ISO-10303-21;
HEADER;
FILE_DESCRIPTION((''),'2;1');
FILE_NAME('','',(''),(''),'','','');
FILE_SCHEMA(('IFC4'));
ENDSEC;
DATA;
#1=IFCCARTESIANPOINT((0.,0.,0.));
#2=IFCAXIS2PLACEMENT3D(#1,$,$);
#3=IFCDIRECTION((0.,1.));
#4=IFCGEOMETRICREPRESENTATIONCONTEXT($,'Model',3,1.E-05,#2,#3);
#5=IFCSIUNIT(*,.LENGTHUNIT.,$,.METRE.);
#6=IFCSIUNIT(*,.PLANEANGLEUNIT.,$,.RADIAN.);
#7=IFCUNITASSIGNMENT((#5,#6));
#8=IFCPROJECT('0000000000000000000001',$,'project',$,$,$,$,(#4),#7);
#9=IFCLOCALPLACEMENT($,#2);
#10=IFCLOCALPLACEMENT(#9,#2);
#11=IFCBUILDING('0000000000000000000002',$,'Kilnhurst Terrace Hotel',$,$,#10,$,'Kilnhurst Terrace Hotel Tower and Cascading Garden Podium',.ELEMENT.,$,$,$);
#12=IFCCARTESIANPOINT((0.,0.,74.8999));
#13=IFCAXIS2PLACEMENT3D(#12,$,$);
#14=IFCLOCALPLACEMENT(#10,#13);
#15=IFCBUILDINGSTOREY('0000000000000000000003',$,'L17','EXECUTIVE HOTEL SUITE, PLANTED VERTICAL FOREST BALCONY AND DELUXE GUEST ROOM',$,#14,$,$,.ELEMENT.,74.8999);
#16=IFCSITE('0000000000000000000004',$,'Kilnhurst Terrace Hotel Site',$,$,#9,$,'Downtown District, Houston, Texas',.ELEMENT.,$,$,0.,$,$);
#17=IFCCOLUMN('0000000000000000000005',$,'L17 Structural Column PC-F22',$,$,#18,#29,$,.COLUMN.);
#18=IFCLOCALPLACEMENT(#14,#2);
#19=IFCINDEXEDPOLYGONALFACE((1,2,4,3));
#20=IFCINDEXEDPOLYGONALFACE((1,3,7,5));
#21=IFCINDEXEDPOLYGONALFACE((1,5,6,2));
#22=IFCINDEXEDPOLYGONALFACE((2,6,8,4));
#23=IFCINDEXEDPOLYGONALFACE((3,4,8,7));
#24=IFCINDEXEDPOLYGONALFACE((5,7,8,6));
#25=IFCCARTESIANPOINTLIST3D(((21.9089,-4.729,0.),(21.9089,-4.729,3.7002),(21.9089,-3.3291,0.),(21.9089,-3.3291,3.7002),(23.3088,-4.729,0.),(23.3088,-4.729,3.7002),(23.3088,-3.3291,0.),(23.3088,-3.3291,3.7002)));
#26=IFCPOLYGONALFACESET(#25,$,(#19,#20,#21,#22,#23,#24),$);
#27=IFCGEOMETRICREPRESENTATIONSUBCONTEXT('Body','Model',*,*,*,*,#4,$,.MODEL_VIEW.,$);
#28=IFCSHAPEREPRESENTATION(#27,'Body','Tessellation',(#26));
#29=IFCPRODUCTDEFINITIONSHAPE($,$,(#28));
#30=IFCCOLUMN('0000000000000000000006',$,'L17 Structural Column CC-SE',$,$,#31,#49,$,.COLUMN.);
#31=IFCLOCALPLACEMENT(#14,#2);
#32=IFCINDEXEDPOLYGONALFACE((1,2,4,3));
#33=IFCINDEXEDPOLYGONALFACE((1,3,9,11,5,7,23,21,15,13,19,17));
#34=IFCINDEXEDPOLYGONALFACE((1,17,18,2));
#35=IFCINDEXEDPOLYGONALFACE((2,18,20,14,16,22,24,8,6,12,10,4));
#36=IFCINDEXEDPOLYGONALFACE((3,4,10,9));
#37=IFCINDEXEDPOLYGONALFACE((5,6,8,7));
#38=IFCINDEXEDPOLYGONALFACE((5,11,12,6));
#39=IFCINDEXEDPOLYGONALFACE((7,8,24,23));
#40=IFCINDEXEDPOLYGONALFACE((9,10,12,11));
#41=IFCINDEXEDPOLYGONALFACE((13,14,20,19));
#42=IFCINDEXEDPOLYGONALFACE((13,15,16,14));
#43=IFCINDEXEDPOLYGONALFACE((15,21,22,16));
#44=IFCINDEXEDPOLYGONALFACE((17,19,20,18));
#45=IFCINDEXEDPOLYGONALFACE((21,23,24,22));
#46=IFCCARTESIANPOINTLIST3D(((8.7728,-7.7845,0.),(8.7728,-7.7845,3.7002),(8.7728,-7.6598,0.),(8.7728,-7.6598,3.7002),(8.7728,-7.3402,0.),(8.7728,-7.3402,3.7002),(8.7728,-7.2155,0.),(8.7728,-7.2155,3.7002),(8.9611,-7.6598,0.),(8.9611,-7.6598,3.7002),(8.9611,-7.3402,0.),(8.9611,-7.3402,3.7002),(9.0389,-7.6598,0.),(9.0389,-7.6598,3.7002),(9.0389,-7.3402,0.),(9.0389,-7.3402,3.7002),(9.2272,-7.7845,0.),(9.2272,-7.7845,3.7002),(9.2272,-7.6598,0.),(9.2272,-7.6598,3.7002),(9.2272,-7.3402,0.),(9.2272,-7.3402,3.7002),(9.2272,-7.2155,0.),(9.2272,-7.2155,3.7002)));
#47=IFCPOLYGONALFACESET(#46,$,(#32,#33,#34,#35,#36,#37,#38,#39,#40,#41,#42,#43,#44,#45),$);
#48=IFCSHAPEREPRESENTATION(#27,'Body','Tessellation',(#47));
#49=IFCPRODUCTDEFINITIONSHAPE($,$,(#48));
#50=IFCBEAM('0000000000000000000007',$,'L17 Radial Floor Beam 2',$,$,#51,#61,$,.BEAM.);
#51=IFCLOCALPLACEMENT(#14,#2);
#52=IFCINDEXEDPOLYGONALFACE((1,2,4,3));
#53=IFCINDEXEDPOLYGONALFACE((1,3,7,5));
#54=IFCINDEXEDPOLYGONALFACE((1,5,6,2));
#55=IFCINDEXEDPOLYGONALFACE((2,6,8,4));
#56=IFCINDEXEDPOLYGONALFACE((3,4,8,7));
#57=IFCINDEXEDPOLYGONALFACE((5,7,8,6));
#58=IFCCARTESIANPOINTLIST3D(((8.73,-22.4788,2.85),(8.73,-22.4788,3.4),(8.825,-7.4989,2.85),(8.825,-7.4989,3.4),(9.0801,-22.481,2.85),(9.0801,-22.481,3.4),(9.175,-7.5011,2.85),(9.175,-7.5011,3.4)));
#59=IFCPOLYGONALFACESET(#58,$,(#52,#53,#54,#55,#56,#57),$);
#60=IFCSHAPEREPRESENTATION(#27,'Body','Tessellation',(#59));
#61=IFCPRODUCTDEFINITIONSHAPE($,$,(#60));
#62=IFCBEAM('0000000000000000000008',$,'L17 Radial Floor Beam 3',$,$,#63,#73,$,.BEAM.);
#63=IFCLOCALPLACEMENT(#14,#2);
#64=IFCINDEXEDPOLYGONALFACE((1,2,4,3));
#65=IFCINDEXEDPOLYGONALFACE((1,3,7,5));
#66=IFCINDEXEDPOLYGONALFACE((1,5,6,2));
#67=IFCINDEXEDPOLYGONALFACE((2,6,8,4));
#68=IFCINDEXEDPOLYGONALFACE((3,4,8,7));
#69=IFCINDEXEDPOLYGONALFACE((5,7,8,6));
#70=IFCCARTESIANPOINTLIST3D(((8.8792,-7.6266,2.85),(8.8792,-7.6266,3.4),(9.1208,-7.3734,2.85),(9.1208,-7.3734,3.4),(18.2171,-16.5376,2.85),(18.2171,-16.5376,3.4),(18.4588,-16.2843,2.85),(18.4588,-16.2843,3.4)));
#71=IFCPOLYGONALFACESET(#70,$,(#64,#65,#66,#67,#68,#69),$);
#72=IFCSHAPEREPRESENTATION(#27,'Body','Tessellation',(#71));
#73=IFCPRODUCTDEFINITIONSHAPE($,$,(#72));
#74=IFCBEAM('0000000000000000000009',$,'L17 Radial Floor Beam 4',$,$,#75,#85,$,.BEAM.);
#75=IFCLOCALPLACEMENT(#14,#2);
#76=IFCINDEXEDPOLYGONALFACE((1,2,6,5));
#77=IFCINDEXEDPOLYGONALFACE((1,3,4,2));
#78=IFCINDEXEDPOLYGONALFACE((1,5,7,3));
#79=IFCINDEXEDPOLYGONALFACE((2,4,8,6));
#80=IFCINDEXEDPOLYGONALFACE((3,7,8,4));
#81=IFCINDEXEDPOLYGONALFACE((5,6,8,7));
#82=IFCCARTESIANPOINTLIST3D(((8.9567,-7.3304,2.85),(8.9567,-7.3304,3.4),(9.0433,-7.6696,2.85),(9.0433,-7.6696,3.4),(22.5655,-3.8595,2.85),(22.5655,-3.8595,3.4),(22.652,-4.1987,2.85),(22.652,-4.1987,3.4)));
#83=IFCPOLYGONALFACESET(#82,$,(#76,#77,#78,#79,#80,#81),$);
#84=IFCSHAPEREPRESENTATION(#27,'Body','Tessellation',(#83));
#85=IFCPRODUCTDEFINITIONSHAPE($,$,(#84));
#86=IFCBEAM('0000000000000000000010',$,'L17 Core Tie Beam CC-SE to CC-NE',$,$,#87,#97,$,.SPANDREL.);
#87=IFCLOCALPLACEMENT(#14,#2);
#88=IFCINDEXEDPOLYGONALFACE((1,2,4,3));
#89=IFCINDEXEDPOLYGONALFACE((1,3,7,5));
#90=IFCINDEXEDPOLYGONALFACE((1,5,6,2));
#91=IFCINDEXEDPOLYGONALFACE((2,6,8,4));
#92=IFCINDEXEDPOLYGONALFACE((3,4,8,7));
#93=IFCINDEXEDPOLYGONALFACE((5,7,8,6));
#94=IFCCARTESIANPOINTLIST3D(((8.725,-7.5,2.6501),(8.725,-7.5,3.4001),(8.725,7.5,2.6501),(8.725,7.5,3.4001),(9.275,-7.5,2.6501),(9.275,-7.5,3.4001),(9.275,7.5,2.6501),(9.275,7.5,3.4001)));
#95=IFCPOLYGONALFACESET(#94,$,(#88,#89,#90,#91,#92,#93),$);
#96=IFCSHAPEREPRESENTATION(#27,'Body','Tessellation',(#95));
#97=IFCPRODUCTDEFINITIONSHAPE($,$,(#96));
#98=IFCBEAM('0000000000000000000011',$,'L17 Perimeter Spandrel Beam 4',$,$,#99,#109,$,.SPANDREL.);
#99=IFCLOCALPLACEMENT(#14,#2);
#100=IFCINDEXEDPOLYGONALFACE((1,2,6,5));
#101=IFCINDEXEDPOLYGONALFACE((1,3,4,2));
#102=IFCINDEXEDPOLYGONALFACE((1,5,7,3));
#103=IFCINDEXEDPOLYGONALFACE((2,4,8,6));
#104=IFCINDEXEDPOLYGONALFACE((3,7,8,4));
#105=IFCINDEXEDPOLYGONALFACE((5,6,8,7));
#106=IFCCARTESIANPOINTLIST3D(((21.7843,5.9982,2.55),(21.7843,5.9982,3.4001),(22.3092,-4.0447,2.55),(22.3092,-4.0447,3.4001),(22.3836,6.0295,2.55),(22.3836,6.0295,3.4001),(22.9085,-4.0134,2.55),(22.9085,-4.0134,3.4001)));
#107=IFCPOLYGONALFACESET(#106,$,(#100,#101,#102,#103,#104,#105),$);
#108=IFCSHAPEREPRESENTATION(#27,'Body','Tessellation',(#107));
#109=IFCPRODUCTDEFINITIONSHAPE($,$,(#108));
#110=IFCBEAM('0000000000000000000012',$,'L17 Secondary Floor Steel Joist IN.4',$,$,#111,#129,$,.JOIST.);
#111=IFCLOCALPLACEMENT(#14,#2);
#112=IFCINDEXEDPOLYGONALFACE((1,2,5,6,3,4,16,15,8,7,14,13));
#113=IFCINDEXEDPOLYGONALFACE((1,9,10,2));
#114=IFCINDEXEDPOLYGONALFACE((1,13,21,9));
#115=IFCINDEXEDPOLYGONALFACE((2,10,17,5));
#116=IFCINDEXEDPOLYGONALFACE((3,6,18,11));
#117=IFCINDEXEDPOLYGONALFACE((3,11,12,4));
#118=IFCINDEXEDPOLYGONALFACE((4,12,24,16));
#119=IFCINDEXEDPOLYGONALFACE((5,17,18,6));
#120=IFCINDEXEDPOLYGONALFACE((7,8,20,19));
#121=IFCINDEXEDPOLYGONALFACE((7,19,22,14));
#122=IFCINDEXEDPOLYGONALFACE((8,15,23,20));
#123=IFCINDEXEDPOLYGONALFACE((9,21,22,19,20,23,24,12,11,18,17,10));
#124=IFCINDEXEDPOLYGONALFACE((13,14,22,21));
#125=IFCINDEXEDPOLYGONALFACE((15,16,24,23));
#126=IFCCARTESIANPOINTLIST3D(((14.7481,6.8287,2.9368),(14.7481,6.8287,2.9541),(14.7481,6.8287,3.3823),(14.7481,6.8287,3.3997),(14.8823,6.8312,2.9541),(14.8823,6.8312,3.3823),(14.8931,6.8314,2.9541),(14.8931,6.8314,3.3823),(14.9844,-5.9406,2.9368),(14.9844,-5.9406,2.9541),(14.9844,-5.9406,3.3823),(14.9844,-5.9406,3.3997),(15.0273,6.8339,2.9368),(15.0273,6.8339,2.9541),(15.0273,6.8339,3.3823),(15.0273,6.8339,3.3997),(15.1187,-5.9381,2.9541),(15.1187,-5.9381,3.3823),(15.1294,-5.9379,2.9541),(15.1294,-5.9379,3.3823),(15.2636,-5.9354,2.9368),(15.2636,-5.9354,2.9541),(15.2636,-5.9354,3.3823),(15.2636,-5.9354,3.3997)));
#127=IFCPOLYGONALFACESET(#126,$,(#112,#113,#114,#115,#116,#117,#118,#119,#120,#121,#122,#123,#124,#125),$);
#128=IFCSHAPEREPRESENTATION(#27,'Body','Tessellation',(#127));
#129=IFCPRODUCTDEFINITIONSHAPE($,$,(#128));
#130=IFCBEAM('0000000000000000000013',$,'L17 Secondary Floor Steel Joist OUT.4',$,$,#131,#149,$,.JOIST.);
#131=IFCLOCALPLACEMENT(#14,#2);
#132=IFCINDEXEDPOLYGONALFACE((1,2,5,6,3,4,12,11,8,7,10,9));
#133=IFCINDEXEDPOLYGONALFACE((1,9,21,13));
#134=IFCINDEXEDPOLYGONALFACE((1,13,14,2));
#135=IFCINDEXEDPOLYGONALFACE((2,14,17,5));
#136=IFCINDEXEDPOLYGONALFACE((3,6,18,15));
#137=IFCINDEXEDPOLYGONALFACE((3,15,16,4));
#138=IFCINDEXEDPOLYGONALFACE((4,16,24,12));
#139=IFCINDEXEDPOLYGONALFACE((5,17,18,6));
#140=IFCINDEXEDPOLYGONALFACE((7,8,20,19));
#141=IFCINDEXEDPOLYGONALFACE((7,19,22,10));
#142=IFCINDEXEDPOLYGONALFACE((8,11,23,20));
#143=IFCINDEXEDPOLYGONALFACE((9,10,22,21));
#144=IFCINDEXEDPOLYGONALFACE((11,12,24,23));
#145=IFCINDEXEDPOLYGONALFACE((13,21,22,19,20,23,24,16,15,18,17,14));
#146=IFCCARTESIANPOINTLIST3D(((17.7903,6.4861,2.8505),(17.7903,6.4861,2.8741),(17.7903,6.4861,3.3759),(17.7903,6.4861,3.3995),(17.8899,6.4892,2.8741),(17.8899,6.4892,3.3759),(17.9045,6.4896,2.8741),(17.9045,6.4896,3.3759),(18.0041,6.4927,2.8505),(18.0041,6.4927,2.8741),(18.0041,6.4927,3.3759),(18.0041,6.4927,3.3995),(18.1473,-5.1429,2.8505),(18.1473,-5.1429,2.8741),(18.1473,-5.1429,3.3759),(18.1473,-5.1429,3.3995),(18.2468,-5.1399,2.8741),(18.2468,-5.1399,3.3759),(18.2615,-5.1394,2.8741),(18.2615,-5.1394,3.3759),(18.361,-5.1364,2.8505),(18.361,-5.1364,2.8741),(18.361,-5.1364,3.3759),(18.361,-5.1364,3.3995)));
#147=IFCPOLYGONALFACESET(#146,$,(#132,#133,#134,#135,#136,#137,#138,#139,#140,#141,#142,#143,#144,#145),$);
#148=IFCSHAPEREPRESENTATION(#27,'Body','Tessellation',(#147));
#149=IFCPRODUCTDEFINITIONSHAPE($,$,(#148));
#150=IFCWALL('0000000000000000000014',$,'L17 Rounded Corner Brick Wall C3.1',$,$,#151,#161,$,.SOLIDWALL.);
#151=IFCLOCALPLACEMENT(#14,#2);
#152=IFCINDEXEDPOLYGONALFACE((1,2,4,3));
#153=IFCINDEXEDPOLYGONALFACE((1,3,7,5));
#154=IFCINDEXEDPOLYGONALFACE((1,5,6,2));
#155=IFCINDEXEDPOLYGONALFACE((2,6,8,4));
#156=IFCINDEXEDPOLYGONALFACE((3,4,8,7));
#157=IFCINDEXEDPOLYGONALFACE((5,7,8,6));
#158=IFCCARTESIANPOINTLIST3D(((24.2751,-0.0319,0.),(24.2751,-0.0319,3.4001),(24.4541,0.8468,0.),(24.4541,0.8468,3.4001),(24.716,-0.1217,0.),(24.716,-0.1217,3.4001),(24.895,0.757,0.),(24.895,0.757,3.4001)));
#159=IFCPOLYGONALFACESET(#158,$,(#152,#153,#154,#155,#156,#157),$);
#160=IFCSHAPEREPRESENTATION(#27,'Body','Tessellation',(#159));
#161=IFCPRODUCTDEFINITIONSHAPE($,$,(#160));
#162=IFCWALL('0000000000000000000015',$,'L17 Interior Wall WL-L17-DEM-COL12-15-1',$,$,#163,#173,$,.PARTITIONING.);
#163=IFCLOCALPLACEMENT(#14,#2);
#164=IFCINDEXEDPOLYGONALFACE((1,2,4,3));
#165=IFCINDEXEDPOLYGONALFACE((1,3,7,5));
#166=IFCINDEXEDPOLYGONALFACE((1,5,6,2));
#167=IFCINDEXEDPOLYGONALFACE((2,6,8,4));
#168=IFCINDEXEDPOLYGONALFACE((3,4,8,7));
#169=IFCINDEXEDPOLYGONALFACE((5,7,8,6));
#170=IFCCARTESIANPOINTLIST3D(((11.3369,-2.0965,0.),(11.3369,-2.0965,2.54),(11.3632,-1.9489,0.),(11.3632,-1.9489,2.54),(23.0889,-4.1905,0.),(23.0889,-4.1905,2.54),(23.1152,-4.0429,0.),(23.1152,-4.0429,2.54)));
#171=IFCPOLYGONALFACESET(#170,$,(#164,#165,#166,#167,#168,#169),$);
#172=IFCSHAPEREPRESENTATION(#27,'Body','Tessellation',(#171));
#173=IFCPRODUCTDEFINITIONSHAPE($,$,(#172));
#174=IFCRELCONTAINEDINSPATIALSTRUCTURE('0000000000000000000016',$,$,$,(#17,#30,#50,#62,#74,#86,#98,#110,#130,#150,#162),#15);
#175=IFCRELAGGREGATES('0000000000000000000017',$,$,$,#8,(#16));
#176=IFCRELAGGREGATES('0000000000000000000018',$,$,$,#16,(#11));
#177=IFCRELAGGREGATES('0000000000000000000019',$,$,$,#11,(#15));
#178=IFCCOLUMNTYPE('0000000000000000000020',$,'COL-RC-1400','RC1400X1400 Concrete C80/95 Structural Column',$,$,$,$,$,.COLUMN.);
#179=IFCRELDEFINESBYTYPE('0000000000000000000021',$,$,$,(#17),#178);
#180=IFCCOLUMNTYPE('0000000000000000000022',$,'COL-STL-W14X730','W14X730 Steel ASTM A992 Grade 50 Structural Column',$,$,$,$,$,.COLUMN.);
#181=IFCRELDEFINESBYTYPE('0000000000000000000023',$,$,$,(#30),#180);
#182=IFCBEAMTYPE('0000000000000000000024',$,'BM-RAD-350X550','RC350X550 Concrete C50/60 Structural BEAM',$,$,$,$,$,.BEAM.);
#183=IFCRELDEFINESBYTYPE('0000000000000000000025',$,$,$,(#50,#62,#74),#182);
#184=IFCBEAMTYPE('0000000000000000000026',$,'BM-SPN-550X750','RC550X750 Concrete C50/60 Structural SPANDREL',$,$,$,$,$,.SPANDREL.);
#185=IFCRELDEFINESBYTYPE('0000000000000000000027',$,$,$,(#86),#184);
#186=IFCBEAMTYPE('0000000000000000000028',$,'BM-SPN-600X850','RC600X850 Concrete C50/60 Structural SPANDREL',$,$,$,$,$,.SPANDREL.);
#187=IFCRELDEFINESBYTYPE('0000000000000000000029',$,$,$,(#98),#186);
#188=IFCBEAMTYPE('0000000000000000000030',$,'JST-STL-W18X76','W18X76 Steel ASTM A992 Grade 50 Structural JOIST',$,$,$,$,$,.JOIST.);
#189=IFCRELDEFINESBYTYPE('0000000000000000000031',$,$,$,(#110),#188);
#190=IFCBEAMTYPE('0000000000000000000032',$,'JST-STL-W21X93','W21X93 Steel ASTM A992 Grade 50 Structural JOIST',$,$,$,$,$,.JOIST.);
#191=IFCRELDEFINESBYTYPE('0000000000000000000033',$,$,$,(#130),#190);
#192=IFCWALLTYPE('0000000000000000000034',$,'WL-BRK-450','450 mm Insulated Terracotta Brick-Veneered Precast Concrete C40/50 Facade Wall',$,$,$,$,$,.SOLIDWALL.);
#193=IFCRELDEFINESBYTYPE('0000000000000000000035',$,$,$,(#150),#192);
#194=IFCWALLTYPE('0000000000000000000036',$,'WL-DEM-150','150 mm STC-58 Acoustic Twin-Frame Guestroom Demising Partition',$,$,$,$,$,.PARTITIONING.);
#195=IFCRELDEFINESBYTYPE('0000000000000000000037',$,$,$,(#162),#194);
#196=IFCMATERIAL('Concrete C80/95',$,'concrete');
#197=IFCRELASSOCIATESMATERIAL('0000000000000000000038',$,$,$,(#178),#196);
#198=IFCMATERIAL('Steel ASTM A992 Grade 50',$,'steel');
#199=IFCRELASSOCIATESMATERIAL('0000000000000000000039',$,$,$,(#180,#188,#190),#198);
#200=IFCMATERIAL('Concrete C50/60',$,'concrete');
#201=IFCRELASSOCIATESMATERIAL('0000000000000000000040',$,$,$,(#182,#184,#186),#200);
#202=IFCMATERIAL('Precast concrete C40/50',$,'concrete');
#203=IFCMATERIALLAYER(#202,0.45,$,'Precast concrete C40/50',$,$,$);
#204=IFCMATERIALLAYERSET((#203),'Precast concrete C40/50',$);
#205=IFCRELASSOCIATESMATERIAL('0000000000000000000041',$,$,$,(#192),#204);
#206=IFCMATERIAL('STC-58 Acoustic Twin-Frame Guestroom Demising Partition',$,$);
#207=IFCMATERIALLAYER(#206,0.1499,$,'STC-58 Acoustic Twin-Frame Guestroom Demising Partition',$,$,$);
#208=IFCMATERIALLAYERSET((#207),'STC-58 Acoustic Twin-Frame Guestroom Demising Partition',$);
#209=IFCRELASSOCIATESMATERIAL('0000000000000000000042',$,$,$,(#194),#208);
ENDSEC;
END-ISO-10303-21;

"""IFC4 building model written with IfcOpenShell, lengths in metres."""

from ifc_helpers import new_model, si_unit, direction, frame, frame_2d, origin, origin_2d, place, context, subcontext, project, spatial, rectangle, i_section, extrude, material, layer, layer_set, material_profile, profile_set, type_object, element, save


model = new_model("IFC4")

# Units and contexts
model_context = context("Model", 3, precision=1e-05, world=origin(), true_north=direction((0.0, 1.0)))
body_context = subcontext(model_context, "Body", "Model", "MODEL_VIEW")
ifc_project = project(units=[si_unit("LENGTHUNIT", "METRE"), si_unit("PLANEANGLEUNIT", "RADIAN")], contexts=[model_context])

# Site, building, storey
site_placement = place(None, origin())
site = spatial("IfcSite", under=ifc_project, at=site_placement, Name="Kilnhurst Terrace Hotel Site", LongName="Downtown District, Houston, Texas", CompositionType="ELEMENT", RefElevation=0.0)
building_placement = place(site_placement, origin())
building = spatial("IfcBuilding", under=site, at=building_placement, Name="Kilnhurst Terrace Hotel", LongName="Kilnhurst Terrace Hotel Tower and Cascading Garden Podium", CompositionType="ELEMENT")
storey_placement = place(building_placement, frame((0.0, 0.0, 74.8999)))
storey = spatial("IfcBuildingStorey", under=building, at=storey_placement, Name="L17", Description="EXECUTIVE HOTEL SUITE, PLANTED VERTICAL FOREST BALCONY AND DELUXE GUEST ROOM", CompositionType="ELEMENT", Elevation=74.8999)

# Columns
ifc_material_1 = material(Name="Concrete C80/95", Category="concrete")
ifc_material_profile_1 = material_profile(ifc_material_1, rectangle(XDim=1.3999, YDim=1.3999, at=origin_2d()), Name="RC1400X1400")
ifc_profile_set_1 = profile_set([ifc_material_profile_1], Name="Concrete C80/95")
column_type_1 = type_object("IfcColumnType", Name="COL-RC-1400", Description="RC1400X1400 Concrete C80/95 Structural Column", PredefinedType="COLUMN", material=ifc_profile_set_1)
column_1_placement = place(storey_placement, frame((22.6089, -4.0291, 0.0), z_axis=(0.0, 0.0, 1.0), x_axis=(1.0, 0.0, 0.0)))
element("IfcColumn", 1, at=column_1_placement, inside=storey, type_object=column_type_1, Name="L17 Structural Column PC-F22", PredefinedType="COLUMN", context=body_context, shape_type="SweptSolid", body=[
    extrude(rectangle(XDim=1.3999, YDim=1.3999, at=origin_2d()), origin(), (0.0, 0.0, 1.0), 3.7002),
])
ifc_material_2 = material(Name="Steel ASTM A992 Grade 50", Category="steel")
ifc_material_profile_2 = material_profile(ifc_material_2, i_section(OverallWidth=0.4543, OverallDepth=0.5691, WebThickness=0.0779, FlangeThickness=0.1248, at=origin_2d()), Name="W14X730")
ifc_profile_set_2 = profile_set([ifc_material_profile_2], Name="Steel ASTM A992 Grade 50")
column_type_2 = type_object("IfcColumnType", Name="COL-STL-W14X730", Description="W14X730 Steel ASTM A992 Grade 50 Structural Column", PredefinedType="COLUMN", material=ifc_profile_set_2)
column_2_placement = place(storey_placement, frame((9.0, -7.5, 0.0), z_axis=(0.0, 0.0, 1.0), x_axis=(1.0, 0.0, 0.0)))
element("IfcColumn", 2, at=column_2_placement, inside=storey, type_object=column_type_2, Name="L17 Structural Column CC-SE", PredefinedType="COLUMN", context=body_context, shape_type="SweptSolid", body=[
    extrude(i_section(OverallWidth=0.4543, OverallDepth=0.5691, WebThickness=0.0779, FlangeThickness=0.1248, at=origin_2d()), origin(), (0.0, 0.0, 1.0), 3.7002),
])

# Beams
ifc_material_3 = material(Name="Concrete C50/60", Category="concrete")
ifc_material_profile_3 = material_profile(ifc_material_3, rectangle(XDim=0.3501, YDim=0.55, at=origin_2d()), Name="RC350X550")
ifc_profile_set_3 = profile_set([ifc_material_profile_3], Name="Concrete C50/60")
beam_type_1 = type_object("IfcBeamType", Name="BM-RAD-350X550", Description="RC350X550 Concrete C50/60 Structural BEAM", PredefinedType="BEAM", material=ifc_profile_set_3)
beam_1_placement = place(storey_placement, frame((9.0, -7.5, 3.125), z_axis=(-0.00634, -0.99998, 0.0), x_axis=(0.99998, -0.00634, 0.0)))
element("IfcBeam", 3, at=beam_1_placement, inside=storey, type_object=beam_type_1, Name="L17 Radial Floor Beam 2", PredefinedType="BEAM", context=body_context, shape_type="SweptSolid", body=[
    extrude(rectangle(XDim=0.3501, YDim=0.55, at=origin_2d()), origin(), (0.0, 0.0, 1.0), 14.9802),
])
beam_2_placement = place(storey_placement, frame((9.0, -7.5, 3.125), z_axis=(0.723454, -0.690372, 0.0), x_axis=(0.690372, 0.723454, 0.0)))
element("IfcBeam", 4, at=beam_2_placement, inside=storey, type_object=beam_type_1, Name="L17 Radial Floor Beam 3", PredefinedType="BEAM", context=body_context, shape_type="SweptSolid", body=[
    extrude(rectangle(XDim=0.3501, YDim=0.55, at=origin_2d()), origin(), (0.0, 0.0, 1.0), 12.9075),
])
beam_3_placement = place(storey_placement, frame((9.0, -7.5, 3.125), z_axis=(0.96898, 0.247138, 0.0), x_axis=(-0.247138, 0.96898, 0.0)))
element("IfcBeam", 5, at=beam_3_placement, inside=storey, type_object=beam_type_1, Name="L17 Radial Floor Beam 4", PredefinedType="BEAM", context=body_context, shape_type="SweptSolid", body=[
    extrude(rectangle(XDim=0.3501, YDim=0.55, at=origin_2d()), origin(), (0.0, 0.0, 1.0), 14.0444),
])
ifc_material_profile_4 = material_profile(ifc_material_3, rectangle(XDim=0.55, YDim=0.75, at=origin_2d()), Name="RC550X750")
ifc_profile_set_4 = profile_set([ifc_material_profile_4], Name="Concrete C50/60")
beam_type_2 = type_object("IfcBeamType", Name="BM-SPN-550X750", Description="RC550X750 Concrete C50/60 Structural SPANDREL", PredefinedType="SPANDREL", material=ifc_profile_set_4)
beam_4_placement = place(storey_placement, frame((9.0, -7.5, 3.0251), z_axis=(0.0, 1.0, 0.0), x_axis=(-1.0, 0.0, 0.0)))
element("IfcBeam", 6, at=beam_4_placement, inside=storey, type_object=beam_type_2, Name="L17 Core Tie Beam CC-SE to CC-NE", PredefinedType="SPANDREL", context=body_context, shape_type="SweptSolid", body=[
    extrude(rectangle(XDim=0.55, YDim=0.75, at=origin_2d()), origin(), (0.0, 0.0, 1.0), 15.0),
])
ifc_material_profile_5 = material_profile(ifc_material_3, rectangle(XDim=0.6001, YDim=0.8501, at=origin_2d()), Name="RC600X850")
ifc_profile_set_5 = profile_set([ifc_material_profile_5], Name="Concrete C50/60")
beam_type_3 = type_object("IfcBeamType", Name="BM-SPN-600X850", Description="RC600X850 Concrete C50/60 Structural SPANDREL", PredefinedType="SPANDREL", material=ifc_profile_set_5)
beam_5_placement = place(storey_placement, frame((22.6089, -4.0291, 2.9751), z_axis=(-0.052194, 0.998637, 0.0), x_axis=(-0.998637, -0.052194, 0.0)))
element("IfcBeam", 7, at=beam_5_placement, inside=storey, type_object=beam_type_3, Name="L17 Perimeter Spandrel Beam 4", PredefinedType="SPANDREL", context=body_context, shape_type="SweptSolid", body=[
    extrude(rectangle(XDim=0.6001, YDim=0.8501, at=origin_2d()), origin(), (0.0, 0.0, 1.0), 10.0566),
])
ifc_material_profile_6 = material_profile(ifc_material_2, i_section(OverallWidth=0.2793, OverallDepth=0.4629, WebThickness=0.0107, FlangeThickness=0.0173, at=origin_2d()), Name="W18X76")
ifc_profile_set_6 = profile_set([ifc_material_profile_6], Name="Steel ASTM A992 Grade 50")
beam_type_4 = type_object("IfcBeamType", Name="JST-STL-W18X76", Description="W18X76 Steel ASTM A992 Grade 50 Structural JOIST", PredefinedType="JOIST", material=ifc_profile_set_6)
beam_6_placement = place(storey_placement, frame((15.124, -5.938, 3.1682), z_axis=(-0.018504, 0.999829, 0.0), x_axis=(-0.999829, -0.018504, 0.0)))
element("IfcBeam", 8, at=beam_6_placement, inside=storey, type_object=beam_type_4, Name="L17 Secondary Floor Steel Joist IN.4", PredefinedType="JOIST", context=body_context, shape_type="SweptSolid", body=[
    extrude(i_section(OverallWidth=0.2793, OverallDepth=0.4629, WebThickness=0.0107, FlangeThickness=0.0173, at=origin_2d()), origin(), (0.0, 0.0, 1.0), 12.7715),
])
ifc_material_profile_7 = material_profile(ifc_material_2, i_section(OverallWidth=0.2139, OverallDepth=0.5491, WebThickness=0.0146, FlangeThickness=0.0237, at=origin_2d()), Name="W21X93")
ifc_profile_set_7 = profile_set([ifc_material_profile_7], Name="Steel ASTM A992 Grade 50")
beam_type_5 = type_object("IfcBeamType", Name="JST-STL-W21X93", Description="W21X93 Steel ASTM A992 Grade 50 Structural JOIST", PredefinedType="JOIST", material=ifc_profile_set_7)
beam_7_placement = place(storey_placement, frame((18.2542, -5.1396, 3.125), z_axis=(-0.030679, 0.999529, 0.0), x_axis=(-0.999529, -0.030679, 0.0)))
element("IfcBeam", 9, at=beam_7_placement, inside=storey, type_object=beam_type_5, Name="L17 Secondary Floor Steel Joist OUT.4", PredefinedType="JOIST", context=body_context, shape_type="SweptSolid", body=[
    extrude(i_section(OverallWidth=0.2139, OverallDepth=0.5491, WebThickness=0.0146, FlangeThickness=0.0237, at=origin_2d()), origin(), (0.0, 0.0, 1.0), 11.6345),
])

# Wall
ifc_material_4 = material(Name="Precast concrete C40/50", Category="concrete")
ifc_layer_1 = layer(ifc_material_4, 0.45, Name="Precast concrete C40/50")
ifc_layer_set_1 = layer_set([ifc_layer_1], Name="Precast concrete C40/50")
wall_type_1 = type_object("IfcWallType", Name="WL-BRK-450", Description="450 mm Insulated Terracotta Brick-Veneered Precast Concrete C40/50 Facade Wall", PredefinedType="SOLIDWALL", material=ifc_layer_set_1)
wall_1_placement = place(storey_placement, frame((24.4956, -0.0767, 0.0), z_axis=(0.0, 0.0, 1.0), x_axis=(0.199571, 0.979883, 0.0)))
element("IfcWall", 10, at=wall_1_placement, inside=storey, type_object=wall_type_1, Name="L17 Rounded Corner Brick Wall C3.1", PredefinedType="SOLIDWALL", context=body_context, shape_type="SweptSolid", body=[
    extrude(rectangle(XDim=0.8967, YDim=0.45, at=frame_2d((0.4482, 0.0))), origin(), (0.0, 0.0, 1.0), 3.4001),
])

# Wall
ifc_material_5 = material(Name="STC-58 Acoustic Twin-Frame Guestroom Demising Partition")
ifc_layer_2 = layer(ifc_material_5, 0.1499, Name="STC-58 Acoustic Twin-Frame Guestroom Demising Partition")
ifc_layer_set_2 = layer_set([ifc_layer_2], Name="STC-58 Acoustic Twin-Frame Guestroom Demising Partition")
wall_type_2 = type_object("IfcWallType", Name="WL-DEM-150", Description="150 mm STC-58 Acoustic Twin-Frame Guestroom Demising Partition", PredefinedType="PARTITIONING", material=ifc_layer_set_2)
wall_2_placement = place(storey_placement, frame((11.3501, -2.0227, 0.0), z_axis=(0.0, 0.0, 1.0), x_axis=(0.984494, -0.17542, 0.0)))
element("IfcWall", 11, at=wall_2_placement, inside=storey, type_object=wall_type_2, Name="L17 Interior Wall WL-L17-DEM-COL12-15-1", PredefinedType="PARTITIONING", context=body_context, shape_type="SweptSolid", body=[
    extrude(rectangle(XDim=11.937, YDim=0.1499, at=frame_2d((5.9685, 0.0))), origin(), (0.0, 0.0, 1.0), 2.54),
])

save(model, "model.ifc")
